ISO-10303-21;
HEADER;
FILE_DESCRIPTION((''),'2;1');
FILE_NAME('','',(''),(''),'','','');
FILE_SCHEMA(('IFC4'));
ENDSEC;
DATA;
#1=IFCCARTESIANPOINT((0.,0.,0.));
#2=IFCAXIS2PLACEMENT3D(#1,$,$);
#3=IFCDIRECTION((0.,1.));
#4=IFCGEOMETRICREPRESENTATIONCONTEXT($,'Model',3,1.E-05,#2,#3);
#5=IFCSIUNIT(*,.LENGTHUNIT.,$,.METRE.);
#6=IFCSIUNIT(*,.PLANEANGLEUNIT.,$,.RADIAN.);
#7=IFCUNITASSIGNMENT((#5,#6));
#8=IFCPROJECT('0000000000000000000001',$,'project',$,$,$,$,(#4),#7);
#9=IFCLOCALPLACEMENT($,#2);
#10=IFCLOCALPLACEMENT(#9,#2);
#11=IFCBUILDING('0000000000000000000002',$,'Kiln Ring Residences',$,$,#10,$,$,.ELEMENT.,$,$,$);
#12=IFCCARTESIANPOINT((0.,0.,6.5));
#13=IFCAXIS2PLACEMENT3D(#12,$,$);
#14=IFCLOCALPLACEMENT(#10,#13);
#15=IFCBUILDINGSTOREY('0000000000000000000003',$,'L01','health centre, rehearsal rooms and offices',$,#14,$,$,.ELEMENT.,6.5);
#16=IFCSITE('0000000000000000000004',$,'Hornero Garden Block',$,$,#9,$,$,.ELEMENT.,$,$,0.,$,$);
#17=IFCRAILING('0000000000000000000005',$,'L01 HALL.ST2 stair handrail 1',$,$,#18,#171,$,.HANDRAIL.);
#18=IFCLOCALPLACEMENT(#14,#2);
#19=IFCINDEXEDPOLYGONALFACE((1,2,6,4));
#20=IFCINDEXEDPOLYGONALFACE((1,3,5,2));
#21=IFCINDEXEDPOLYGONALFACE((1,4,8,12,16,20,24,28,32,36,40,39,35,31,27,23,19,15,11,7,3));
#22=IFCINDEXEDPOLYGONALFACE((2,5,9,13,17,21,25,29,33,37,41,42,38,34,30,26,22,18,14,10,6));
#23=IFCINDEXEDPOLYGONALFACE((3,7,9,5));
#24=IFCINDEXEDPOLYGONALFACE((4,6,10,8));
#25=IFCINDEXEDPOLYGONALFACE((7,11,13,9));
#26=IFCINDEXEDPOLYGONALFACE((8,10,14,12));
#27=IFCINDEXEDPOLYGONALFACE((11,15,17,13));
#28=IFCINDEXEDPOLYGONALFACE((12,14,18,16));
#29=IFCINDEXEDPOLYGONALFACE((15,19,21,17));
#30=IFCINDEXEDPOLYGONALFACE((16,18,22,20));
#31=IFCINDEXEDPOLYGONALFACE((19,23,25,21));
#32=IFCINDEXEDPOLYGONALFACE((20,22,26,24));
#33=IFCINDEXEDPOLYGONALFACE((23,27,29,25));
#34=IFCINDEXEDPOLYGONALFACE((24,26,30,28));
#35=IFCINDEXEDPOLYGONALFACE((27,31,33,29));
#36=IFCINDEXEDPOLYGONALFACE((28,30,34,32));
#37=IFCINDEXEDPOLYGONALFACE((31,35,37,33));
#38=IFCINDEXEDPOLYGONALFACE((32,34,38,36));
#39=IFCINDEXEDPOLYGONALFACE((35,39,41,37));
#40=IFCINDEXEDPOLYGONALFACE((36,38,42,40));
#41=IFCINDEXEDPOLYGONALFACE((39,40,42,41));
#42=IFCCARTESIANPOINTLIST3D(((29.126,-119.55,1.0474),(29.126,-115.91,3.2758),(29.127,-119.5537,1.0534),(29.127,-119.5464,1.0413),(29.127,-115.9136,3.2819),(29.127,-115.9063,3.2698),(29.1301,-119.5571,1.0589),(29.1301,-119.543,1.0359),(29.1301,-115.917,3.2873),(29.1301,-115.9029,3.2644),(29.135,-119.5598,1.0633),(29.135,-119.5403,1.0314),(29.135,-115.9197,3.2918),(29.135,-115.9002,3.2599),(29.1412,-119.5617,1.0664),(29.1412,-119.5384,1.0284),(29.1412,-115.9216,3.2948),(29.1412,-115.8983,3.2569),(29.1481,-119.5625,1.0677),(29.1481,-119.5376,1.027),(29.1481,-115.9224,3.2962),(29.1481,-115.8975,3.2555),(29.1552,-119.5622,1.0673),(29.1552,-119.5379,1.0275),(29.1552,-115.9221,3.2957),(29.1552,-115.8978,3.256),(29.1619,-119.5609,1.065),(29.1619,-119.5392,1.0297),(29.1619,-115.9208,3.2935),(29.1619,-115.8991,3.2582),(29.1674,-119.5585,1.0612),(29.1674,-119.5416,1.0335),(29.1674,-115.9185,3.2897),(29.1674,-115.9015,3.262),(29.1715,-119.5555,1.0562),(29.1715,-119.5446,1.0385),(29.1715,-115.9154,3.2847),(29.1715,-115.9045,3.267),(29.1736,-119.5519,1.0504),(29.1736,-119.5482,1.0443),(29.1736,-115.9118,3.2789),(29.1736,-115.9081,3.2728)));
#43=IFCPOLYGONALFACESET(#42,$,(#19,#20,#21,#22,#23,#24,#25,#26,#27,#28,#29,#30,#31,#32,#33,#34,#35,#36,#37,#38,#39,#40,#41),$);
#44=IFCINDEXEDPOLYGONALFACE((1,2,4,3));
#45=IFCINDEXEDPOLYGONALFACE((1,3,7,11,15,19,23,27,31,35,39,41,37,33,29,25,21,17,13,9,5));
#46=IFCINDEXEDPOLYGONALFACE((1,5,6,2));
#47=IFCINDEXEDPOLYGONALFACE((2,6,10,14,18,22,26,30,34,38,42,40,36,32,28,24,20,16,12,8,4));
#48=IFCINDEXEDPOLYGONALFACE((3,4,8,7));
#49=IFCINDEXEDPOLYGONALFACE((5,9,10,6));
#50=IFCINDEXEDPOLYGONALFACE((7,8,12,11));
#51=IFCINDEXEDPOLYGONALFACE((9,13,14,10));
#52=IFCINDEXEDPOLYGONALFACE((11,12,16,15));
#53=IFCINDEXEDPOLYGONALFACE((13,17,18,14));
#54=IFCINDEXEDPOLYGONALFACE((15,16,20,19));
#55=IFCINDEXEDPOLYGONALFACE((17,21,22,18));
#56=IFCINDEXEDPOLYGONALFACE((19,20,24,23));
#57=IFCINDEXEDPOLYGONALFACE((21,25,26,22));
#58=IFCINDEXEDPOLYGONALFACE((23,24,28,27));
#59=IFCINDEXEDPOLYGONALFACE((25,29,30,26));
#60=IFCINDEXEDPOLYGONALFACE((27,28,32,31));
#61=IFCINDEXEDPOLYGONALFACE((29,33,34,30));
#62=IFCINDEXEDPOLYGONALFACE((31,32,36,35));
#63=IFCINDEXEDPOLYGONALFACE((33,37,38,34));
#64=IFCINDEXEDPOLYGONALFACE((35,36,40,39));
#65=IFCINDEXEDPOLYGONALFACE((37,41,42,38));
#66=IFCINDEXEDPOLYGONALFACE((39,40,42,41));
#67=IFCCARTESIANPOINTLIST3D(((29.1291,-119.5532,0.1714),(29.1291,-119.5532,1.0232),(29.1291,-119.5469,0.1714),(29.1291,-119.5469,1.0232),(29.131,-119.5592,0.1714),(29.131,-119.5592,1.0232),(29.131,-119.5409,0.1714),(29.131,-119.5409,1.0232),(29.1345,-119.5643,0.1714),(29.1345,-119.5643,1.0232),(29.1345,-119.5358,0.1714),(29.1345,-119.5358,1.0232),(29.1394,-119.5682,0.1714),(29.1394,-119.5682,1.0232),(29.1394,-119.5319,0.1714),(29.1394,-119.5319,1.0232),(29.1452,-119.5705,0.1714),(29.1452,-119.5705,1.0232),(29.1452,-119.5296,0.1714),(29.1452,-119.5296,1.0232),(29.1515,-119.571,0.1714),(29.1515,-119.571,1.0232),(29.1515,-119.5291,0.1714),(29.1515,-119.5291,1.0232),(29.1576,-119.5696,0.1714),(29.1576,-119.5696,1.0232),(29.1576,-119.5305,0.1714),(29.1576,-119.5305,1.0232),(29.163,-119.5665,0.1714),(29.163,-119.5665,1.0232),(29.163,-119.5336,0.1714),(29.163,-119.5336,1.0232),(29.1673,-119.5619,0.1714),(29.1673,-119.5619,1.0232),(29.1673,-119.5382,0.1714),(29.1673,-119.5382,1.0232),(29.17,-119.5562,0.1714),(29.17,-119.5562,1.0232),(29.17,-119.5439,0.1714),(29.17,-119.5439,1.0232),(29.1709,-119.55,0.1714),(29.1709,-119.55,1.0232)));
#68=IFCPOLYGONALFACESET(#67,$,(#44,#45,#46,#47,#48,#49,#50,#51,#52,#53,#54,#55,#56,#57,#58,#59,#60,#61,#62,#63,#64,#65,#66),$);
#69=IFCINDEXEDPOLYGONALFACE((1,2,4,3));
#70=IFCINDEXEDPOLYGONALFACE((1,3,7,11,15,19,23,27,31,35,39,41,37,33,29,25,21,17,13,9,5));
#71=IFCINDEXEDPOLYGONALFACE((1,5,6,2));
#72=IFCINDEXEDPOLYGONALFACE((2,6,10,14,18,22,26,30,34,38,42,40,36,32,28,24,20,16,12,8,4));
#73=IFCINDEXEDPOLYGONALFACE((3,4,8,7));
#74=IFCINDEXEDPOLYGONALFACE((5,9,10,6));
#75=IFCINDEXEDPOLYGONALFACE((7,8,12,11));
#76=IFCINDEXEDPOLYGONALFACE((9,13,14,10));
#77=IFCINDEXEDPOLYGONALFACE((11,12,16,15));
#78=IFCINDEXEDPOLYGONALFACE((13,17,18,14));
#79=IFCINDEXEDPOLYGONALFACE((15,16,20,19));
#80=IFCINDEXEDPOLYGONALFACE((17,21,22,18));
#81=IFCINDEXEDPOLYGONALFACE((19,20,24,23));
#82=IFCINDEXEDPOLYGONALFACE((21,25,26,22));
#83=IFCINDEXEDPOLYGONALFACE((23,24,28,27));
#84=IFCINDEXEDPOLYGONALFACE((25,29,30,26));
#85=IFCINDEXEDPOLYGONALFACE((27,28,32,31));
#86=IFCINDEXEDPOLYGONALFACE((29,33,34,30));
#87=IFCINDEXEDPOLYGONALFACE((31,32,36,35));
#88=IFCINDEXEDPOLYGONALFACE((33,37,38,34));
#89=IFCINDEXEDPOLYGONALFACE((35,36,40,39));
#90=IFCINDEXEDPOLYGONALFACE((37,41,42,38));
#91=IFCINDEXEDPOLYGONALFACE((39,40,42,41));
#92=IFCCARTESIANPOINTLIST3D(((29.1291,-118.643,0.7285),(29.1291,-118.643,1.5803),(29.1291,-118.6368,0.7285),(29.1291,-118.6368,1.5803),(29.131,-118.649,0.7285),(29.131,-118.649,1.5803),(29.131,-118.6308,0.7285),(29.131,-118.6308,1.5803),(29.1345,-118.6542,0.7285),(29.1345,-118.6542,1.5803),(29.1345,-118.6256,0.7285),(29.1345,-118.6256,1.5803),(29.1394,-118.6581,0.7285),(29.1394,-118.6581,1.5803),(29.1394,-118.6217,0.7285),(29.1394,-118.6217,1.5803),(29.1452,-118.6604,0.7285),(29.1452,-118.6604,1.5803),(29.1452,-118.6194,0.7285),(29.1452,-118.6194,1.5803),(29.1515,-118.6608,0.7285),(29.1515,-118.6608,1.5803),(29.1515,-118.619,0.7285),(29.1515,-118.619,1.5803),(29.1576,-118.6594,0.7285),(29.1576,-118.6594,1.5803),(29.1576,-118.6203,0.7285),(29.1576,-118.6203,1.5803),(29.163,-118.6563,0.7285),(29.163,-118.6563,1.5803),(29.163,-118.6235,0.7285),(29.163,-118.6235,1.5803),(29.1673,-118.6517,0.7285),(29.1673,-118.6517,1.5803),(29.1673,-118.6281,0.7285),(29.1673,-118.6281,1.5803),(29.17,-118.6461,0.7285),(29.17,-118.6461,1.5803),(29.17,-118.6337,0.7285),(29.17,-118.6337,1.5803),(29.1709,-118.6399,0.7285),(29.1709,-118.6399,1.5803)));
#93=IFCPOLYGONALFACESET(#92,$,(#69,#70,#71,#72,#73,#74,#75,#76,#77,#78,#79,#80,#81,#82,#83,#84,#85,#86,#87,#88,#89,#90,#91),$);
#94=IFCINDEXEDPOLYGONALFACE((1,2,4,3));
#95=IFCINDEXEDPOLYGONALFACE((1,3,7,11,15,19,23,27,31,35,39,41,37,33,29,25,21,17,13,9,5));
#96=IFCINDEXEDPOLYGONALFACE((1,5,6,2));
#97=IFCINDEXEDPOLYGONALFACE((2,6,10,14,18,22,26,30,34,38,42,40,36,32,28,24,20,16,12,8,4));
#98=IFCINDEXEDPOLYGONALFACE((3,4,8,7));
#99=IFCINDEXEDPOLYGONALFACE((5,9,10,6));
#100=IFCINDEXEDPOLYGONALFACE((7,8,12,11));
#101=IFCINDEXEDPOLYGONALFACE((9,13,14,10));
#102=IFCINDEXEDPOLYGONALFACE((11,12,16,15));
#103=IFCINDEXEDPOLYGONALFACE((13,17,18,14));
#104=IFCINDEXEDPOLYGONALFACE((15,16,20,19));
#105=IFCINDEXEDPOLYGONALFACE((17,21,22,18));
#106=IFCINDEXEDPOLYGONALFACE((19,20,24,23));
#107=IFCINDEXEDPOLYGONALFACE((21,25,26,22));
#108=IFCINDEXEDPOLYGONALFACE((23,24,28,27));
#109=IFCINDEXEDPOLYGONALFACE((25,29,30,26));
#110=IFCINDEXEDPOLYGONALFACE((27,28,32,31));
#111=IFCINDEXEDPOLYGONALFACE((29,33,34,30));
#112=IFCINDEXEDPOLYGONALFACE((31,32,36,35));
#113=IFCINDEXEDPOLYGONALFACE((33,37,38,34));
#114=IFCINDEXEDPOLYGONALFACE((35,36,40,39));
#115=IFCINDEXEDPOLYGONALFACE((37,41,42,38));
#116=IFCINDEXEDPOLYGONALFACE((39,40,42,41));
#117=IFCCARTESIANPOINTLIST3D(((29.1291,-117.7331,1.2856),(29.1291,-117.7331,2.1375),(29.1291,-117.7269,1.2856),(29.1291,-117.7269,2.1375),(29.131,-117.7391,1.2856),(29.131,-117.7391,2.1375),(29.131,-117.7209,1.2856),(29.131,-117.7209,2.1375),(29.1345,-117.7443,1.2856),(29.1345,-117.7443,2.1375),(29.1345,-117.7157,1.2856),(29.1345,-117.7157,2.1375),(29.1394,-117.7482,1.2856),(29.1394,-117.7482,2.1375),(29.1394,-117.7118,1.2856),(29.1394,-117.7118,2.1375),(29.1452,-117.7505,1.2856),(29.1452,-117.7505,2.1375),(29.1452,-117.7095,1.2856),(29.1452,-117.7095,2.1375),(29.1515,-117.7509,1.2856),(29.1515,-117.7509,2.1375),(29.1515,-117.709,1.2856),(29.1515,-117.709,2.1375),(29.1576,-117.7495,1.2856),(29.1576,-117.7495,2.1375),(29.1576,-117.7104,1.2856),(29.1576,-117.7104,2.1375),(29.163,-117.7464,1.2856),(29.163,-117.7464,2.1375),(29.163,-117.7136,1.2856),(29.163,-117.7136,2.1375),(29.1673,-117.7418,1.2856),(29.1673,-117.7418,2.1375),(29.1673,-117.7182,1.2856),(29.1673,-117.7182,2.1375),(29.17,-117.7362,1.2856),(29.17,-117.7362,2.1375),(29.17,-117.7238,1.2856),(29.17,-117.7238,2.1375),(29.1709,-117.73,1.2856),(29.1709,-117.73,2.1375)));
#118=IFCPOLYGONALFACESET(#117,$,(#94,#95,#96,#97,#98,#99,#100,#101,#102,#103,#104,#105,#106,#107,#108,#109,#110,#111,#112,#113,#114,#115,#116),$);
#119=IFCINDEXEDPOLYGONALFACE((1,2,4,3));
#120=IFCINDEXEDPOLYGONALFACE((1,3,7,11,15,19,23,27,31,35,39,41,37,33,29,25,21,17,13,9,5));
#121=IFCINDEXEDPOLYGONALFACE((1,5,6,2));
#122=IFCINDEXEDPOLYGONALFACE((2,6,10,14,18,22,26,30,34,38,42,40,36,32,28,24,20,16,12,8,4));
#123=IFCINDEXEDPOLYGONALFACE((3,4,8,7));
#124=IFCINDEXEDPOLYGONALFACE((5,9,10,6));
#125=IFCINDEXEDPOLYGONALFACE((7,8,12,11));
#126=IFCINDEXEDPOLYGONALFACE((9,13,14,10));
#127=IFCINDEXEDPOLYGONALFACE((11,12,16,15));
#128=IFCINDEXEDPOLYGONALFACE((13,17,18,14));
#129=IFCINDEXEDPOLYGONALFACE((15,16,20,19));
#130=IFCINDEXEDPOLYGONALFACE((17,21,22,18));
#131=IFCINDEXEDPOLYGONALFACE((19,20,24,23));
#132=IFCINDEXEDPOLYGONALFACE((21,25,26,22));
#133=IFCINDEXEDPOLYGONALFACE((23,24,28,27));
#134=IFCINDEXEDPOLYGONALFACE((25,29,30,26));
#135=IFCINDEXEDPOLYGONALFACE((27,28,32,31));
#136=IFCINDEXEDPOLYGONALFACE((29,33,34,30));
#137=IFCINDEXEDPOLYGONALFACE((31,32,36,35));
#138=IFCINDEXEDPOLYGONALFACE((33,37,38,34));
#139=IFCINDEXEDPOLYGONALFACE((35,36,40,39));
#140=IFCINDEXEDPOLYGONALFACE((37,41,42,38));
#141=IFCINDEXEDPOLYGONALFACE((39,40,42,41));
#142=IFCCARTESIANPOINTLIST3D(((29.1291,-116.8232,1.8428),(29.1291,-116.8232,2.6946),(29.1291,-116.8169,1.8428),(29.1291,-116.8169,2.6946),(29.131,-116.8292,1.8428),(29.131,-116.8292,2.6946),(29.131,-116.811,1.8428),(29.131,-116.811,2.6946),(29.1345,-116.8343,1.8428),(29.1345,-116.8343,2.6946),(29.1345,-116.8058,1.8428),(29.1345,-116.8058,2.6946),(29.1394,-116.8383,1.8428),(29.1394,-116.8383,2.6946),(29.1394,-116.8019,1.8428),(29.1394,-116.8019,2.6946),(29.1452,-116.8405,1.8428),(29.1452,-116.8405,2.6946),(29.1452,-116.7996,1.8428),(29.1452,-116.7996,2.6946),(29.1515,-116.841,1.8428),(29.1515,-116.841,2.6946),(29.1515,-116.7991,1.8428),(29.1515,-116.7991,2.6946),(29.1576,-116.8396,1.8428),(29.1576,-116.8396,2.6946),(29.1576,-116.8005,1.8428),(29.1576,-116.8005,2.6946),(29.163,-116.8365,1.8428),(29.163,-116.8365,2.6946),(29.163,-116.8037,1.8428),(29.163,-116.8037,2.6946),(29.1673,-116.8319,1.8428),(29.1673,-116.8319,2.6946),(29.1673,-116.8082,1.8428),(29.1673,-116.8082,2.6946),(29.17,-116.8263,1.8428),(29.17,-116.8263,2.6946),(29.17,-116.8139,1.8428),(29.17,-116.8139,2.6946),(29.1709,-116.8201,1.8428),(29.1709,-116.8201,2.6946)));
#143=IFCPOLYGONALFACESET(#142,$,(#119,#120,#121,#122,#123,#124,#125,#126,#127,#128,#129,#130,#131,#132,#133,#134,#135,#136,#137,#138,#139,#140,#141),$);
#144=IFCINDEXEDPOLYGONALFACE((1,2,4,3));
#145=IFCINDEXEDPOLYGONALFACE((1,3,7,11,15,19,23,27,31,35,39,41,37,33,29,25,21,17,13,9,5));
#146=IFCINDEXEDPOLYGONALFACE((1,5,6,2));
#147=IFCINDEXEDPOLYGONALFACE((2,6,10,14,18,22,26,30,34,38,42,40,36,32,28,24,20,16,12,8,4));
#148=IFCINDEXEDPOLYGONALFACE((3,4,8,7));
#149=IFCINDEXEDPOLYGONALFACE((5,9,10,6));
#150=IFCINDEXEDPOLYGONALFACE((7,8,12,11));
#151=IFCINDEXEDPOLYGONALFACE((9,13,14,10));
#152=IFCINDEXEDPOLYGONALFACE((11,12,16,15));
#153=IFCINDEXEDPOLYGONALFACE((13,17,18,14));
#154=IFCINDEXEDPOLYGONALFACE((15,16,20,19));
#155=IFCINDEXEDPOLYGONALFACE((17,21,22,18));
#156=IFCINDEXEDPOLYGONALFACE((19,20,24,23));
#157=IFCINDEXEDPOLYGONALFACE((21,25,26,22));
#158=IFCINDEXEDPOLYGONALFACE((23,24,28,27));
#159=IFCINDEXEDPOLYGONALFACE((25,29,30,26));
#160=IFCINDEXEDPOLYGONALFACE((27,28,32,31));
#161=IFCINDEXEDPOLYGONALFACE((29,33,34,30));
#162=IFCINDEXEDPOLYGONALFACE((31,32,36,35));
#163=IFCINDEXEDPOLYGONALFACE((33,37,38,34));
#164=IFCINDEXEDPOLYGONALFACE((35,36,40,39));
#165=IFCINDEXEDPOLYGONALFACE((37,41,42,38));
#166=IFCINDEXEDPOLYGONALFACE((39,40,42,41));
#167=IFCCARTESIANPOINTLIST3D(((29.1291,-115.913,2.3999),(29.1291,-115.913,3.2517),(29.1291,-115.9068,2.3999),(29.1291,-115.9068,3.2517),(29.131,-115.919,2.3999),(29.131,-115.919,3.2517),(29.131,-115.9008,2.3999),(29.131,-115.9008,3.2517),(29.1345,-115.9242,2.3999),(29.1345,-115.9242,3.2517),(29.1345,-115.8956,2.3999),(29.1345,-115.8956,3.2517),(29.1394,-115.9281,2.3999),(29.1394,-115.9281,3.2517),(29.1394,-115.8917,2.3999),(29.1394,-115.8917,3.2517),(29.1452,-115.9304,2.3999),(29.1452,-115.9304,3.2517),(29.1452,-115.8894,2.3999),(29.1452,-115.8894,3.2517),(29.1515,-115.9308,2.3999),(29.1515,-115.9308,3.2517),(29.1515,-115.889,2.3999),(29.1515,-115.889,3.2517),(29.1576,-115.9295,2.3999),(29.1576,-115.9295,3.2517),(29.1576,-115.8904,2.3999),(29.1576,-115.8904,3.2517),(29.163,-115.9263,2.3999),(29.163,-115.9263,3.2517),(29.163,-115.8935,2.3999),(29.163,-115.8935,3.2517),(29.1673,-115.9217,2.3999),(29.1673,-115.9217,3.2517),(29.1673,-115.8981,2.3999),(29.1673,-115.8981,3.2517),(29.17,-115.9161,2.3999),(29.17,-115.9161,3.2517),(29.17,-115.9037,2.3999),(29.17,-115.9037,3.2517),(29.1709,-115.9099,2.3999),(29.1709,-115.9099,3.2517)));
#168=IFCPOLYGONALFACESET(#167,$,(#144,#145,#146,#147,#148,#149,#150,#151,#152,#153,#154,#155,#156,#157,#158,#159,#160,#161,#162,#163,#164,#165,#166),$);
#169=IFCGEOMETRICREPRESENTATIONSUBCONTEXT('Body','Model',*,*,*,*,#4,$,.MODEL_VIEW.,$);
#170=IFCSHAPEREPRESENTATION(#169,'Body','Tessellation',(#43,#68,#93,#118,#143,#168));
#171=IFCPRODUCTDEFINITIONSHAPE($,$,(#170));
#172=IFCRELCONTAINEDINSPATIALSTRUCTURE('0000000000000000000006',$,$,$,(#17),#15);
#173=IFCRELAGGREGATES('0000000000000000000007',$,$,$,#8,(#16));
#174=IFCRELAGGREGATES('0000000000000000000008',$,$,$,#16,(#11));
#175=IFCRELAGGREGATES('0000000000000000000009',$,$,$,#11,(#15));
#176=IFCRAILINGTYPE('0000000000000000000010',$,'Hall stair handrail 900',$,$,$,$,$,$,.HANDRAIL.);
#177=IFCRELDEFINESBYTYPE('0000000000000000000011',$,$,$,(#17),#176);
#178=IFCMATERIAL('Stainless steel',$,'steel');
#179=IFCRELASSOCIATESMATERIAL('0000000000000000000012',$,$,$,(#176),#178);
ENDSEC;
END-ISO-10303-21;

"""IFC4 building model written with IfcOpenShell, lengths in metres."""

from ifc_helpers import new_model, si_unit, direction, frame, origin, origin_2d, place, context, subcontext, project, spatial, circle, extrude, material, type_object, element, save


model = new_model("IFC4")

# Units and contexts
model_context = context("Model", 3, precision=1e-05, world=origin(), true_north=direction((0.0, 1.0)))
body_context = subcontext(model_context, "Body", "Model", "MODEL_VIEW")
ifc_project = project(units=[si_unit("LENGTHUNIT", "METRE"), si_unit("PLANEANGLEUNIT", "RADIAN")], contexts=[model_context])

# Site, building, storey
site_placement = place(None, origin())
site = spatial("IfcSite", under=ifc_project, at=site_placement, Name="Hornero Garden Block", CompositionType="ELEMENT", RefElevation=0.0)
building_placement = place(site_placement, origin())
building = spatial("IfcBuilding", under=site, at=building_placement, Name="Kiln Ring Residences", CompositionType="ELEMENT")
storey_placement = place(building_placement, frame((0.0, 0.0, 6.5)))
storey = spatial("IfcBuildingStorey", under=building, at=storey_placement, Name="L01", Description="health centre, rehearsal rooms and offices", CompositionType="ELEMENT", Elevation=6.5)

# Railing
ifc_material_1 = material(Name="Stainless steel", Category="steel")
railing_type_1 = type_object("IfcRailingType", Name="Hall stair handrail 900", PredefinedType="HANDRAIL", material=ifc_material_1)
railing_1_placement = place(storey_placement, frame((29.1499, -119.55, 0.1714)))
element("IfcRailing", 1, at=railing_1_placement, inside=storey, type_object=railing_type_1, Name="L01 HALL.ST2 stair handrail 1", PredefinedType="HANDRAIL", context=body_context, shape_type="SweptSolid", body=[
    extrude(circle(Radius=0.0239, at=origin_2d()), frame((0.0, 0.0, 0.876), z_axis=(0.0, 0.852866, 0.52213), x_axis=(-1.0, 0.0, 0.0)), (0.0, 0.0, 1.0), 4.2681),
    extrude(circle(Radius=0.021, at=origin_2d()), origin(), (0.0, 0.0, 1.0), 0.8518),
    extrude(circle(Radius=0.021, at=origin_2d()), frame((0.0, 0.9102, 0.5571)), (0.0, 0.0, 1.0), 0.8518),
    extrude(circle(Radius=0.021, at=origin_2d()), frame((0.0, 1.8201, 1.1143)), (0.0, 0.0, 1.0), 0.8518),
    extrude(circle(Radius=0.021, at=origin_2d()), frame((0.0, 2.73, 1.6714)), (0.0, 0.0, 1.0), 0.8518),
    extrude(circle(Radius=0.021, at=origin_2d()), frame((0.0, 3.6401, 2.2285)), (0.0, 0.0, 1.0), 0.8518),
])

save(model, "model.ifc")
